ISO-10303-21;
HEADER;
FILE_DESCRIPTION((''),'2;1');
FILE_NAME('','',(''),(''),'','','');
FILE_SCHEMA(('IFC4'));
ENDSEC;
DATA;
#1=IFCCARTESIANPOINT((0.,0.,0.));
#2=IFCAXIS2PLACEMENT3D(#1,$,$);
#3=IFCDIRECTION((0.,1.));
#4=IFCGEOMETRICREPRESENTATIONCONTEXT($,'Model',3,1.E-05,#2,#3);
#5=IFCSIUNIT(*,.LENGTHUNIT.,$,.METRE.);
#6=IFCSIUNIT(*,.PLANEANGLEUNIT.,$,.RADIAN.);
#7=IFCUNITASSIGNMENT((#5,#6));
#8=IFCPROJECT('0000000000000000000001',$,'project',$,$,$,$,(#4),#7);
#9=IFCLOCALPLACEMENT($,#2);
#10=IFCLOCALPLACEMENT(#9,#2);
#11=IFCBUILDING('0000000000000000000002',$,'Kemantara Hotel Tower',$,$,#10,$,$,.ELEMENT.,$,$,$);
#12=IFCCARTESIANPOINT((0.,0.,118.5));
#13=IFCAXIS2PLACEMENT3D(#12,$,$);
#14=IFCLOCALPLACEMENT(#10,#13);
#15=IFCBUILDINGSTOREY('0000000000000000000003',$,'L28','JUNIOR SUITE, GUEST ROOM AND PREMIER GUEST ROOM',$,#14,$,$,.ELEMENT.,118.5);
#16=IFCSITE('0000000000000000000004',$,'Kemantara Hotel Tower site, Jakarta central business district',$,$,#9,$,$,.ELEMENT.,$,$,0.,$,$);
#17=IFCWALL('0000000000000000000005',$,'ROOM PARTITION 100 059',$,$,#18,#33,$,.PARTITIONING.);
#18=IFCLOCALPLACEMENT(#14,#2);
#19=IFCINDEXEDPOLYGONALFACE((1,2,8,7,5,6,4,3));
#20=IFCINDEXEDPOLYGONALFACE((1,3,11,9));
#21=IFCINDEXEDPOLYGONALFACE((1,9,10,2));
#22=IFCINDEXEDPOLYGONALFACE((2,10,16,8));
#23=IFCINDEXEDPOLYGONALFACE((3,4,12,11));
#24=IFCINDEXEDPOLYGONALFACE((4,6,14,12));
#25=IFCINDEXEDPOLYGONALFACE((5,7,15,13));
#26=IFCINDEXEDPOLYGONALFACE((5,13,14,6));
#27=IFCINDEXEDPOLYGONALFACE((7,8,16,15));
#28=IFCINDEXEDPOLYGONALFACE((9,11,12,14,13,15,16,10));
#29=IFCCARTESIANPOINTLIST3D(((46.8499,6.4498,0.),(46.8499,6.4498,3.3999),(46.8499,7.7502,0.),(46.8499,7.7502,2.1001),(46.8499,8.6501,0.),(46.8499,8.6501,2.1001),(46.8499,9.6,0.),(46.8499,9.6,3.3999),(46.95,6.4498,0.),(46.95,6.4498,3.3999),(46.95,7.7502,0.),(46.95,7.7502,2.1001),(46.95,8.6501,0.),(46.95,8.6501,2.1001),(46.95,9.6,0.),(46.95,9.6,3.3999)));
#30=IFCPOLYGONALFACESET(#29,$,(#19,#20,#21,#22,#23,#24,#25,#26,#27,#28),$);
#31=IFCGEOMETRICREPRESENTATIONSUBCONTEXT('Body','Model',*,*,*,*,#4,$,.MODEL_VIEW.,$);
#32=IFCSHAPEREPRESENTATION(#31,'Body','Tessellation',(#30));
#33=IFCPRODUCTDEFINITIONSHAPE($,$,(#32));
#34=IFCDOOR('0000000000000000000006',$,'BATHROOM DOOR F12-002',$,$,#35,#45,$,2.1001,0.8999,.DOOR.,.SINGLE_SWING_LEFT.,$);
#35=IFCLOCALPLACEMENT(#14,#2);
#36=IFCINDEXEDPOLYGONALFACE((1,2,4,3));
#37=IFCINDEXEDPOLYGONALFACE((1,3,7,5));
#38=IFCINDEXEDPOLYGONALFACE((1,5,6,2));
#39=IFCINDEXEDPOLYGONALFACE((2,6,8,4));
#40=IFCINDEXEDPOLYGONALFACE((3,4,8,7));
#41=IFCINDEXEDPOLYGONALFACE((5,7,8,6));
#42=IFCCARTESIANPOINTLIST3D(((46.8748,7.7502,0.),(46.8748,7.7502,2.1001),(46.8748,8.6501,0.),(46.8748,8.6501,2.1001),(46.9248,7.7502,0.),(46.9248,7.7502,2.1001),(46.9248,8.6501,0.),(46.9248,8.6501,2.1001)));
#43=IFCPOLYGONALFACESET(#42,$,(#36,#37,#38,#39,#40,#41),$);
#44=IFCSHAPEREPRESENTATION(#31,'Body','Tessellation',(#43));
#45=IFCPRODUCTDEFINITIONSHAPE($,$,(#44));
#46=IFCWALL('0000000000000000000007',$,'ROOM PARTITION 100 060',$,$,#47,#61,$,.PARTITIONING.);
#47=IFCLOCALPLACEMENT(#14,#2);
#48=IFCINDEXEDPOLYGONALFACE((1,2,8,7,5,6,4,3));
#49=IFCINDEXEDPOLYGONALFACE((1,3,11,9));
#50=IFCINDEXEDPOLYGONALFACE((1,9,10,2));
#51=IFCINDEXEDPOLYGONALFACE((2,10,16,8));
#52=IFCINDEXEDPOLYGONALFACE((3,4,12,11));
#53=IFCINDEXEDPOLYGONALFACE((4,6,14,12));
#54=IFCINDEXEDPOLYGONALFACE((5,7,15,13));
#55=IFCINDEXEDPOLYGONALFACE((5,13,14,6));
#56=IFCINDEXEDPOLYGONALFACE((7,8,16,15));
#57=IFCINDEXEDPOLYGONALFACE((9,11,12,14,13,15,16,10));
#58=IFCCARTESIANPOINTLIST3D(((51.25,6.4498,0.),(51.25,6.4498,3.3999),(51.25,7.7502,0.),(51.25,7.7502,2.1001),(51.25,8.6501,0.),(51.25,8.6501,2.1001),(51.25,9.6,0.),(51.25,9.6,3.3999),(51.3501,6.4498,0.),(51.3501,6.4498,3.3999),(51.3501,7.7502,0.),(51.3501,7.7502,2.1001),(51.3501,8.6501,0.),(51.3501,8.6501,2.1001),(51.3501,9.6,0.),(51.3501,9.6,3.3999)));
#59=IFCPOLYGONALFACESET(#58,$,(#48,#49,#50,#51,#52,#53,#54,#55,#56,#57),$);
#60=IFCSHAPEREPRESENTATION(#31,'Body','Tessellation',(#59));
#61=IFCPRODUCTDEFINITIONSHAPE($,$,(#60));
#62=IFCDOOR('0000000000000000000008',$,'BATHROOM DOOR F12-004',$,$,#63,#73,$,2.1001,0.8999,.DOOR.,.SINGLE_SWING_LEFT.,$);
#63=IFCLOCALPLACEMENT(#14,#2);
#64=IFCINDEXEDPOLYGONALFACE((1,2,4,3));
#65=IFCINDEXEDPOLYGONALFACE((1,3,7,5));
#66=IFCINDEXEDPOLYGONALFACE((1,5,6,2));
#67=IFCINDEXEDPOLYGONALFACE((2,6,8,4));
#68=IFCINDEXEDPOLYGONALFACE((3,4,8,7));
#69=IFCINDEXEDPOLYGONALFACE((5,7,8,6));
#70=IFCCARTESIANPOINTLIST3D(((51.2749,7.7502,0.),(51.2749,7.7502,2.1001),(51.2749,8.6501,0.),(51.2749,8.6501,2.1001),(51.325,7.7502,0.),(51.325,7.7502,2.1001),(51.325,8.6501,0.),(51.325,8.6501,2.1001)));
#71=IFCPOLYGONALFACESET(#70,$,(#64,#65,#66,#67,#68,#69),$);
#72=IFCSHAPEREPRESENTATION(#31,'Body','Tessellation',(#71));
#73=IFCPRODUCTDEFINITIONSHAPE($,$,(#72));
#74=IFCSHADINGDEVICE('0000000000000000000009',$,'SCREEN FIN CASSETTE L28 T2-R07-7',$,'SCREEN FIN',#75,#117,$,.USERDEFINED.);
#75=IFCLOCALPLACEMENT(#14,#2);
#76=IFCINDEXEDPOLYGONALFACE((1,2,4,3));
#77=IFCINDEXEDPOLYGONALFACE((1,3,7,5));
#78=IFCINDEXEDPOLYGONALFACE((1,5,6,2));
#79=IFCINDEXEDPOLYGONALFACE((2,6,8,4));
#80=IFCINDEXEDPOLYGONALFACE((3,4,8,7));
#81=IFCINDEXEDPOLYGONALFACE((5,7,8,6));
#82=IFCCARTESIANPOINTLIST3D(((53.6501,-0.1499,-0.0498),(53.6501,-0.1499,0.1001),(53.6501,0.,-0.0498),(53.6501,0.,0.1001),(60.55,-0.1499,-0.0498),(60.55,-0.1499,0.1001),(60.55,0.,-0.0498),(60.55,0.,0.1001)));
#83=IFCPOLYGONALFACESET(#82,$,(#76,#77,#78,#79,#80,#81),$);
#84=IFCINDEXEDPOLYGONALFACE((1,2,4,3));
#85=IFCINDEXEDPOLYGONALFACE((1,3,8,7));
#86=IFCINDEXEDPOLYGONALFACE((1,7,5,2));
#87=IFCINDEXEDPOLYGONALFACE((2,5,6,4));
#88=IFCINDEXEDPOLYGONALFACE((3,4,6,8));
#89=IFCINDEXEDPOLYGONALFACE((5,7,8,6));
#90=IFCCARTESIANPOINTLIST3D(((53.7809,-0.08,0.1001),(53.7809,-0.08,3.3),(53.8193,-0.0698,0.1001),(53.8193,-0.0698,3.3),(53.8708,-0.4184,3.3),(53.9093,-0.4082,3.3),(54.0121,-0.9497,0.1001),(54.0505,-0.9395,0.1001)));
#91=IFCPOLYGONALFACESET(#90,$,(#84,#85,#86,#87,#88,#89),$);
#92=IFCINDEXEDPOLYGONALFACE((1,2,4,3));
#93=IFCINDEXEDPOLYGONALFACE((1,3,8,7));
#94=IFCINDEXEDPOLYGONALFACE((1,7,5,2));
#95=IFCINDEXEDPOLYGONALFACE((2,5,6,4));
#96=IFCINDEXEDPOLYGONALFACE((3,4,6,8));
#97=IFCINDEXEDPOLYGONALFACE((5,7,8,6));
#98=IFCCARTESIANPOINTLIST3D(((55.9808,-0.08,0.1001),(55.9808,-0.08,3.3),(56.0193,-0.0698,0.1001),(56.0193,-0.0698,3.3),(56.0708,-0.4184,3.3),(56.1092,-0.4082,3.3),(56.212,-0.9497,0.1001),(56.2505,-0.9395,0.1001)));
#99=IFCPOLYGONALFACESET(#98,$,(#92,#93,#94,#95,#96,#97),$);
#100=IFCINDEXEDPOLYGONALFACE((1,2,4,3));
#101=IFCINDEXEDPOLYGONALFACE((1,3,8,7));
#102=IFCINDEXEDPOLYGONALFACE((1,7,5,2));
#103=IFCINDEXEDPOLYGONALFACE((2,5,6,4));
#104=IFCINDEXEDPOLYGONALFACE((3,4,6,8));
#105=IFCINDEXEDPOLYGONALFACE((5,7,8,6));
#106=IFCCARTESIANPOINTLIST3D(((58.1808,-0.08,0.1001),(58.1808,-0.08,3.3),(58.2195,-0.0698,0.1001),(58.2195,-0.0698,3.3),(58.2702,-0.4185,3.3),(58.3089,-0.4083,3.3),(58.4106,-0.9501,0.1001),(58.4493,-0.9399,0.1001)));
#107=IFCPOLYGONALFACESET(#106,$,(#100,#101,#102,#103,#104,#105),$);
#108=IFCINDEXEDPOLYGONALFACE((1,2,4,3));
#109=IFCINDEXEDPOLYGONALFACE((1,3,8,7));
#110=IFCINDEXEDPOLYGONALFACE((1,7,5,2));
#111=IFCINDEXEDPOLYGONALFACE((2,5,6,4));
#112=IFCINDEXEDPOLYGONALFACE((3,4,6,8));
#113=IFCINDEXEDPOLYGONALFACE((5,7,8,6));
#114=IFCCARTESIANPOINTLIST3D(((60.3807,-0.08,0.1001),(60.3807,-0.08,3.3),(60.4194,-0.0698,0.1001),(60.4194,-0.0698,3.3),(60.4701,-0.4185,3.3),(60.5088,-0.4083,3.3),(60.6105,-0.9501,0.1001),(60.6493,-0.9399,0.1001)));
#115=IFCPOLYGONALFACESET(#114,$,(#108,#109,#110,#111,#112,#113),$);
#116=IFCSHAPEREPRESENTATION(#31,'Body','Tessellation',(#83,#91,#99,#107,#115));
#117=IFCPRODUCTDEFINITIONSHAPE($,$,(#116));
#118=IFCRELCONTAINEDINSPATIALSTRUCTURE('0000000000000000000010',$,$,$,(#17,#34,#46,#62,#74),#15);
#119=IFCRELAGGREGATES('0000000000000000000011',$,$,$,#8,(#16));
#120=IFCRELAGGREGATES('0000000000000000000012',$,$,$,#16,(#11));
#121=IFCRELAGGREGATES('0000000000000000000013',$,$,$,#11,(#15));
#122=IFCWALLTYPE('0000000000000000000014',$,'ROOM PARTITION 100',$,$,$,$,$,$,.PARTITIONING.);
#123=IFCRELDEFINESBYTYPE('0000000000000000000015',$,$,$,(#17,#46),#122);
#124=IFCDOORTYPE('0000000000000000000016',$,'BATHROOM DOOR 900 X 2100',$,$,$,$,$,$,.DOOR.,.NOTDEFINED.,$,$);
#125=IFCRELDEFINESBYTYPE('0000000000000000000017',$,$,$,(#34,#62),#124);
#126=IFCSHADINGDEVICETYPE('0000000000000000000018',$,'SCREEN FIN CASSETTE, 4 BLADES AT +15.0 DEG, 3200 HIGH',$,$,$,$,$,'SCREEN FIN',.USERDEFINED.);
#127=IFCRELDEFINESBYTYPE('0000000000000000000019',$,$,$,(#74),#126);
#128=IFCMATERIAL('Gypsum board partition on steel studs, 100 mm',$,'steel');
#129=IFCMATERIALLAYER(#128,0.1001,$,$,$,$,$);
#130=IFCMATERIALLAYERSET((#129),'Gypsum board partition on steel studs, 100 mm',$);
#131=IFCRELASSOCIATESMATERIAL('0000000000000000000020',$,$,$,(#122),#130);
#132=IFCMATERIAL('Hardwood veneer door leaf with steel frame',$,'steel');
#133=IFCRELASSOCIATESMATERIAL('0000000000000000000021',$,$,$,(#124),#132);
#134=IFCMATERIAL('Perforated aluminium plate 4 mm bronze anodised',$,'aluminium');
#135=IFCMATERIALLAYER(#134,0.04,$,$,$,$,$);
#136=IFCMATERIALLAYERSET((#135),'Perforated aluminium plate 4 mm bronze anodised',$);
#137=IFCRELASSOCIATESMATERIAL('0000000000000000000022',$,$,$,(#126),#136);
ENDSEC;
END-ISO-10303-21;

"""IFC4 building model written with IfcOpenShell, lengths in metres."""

from ifc_helpers import new_model, si_unit, direction, frame, frame_2d, origin, origin_2d, place, context, subcontext, project, spatial, polyline, rectangle, outline, extrude, source, transform, mapped, material, layer, layer_set, type_object, element, fill, save


model = new_model("IFC4")

# Units and contexts
model_context = context("Model", 3, precision=1e-05, world=origin(), true_north=direction((0.0, 1.0)))
body_context = subcontext(model_context, "Body", "Model", "MODEL_VIEW")
ifc_project = project(units=[si_unit("LENGTHUNIT", "METRE"), si_unit("PLANEANGLEUNIT", "RADIAN")], contexts=[model_context])

# Site, building, storey
site_placement = place(None, origin())
site = spatial("IfcSite", under=ifc_project, at=site_placement, Name="Kemantara Hotel Tower site, Jakarta central business district", CompositionType="ELEMENT", RefElevation=0.0)
building_placement = place(site_placement, origin())
building = spatial("IfcBuilding", under=site, at=building_placement, Name="Kemantara Hotel Tower", CompositionType="ELEMENT")
storey_placement = place(building_placement, frame((0.0, 0.0, 118.5)))
storey = spatial("IfcBuildingStorey", under=building, at=storey_placement, Name="L28", Description="JUNIOR SUITE, GUEST ROOM AND PREMIER GUEST ROOM", CompositionType="ELEMENT", Elevation=118.5)

# Shared definitions
ifc_material_1 = material(Name="Hardwood veneer door leaf with steel frame", Category="steel")

# Shared definitions
ifc_material_2 = material(Name="Gypsum board partition on steel studs, 100 mm", Category="steel")
ifc_layer_1 = layer(ifc_material_2, 0.1001)
ifc_layer_set_1 = layer_set([ifc_layer_1], Name="Gypsum board partition on steel studs, 100 mm")
wall_type_1 = type_object("IfcWallType", Name="ROOM PARTITION 100", PredefinedType="PARTITIONING", material=ifc_layer_set_1)

# Walls, openings, doors
wall_1_placement = place(storey_placement, frame((46.8999, 9.6001, 0.0), z_axis=(0.0, 0.0, 1.0), x_axis=(0.0, -1.0, 0.0)))
wall_1 = element("IfcWall", 1, at=wall_1_placement, inside=storey, type_object=wall_type_1, Name="ROOM PARTITION 100 059", PredefinedType="PARTITIONING", context=body_context, shape_type="SweptSolid", body=[
    extrude(rectangle(XDim=3.1501, YDim=0.1001, at=frame_2d((1.5752, 0.0))), origin(), (0.0, 0.0, 1.0), 3.3999),
])
opening_1_placement = place(wall_1_placement, frame((0.95, 0.0, 0.0)))
opening_1 = element("IfcOpeningElement", 2, at=opening_1_placement, cuts=wall_1, PredefinedType="OPENING", context=body_context, shape_type="SweptSolid", body=[
    extrude(rectangle(XDim=0.8999, YDim=2.1001, at=frame_2d((0.45, 1.05))), frame((0.0, 0.0601, 0.0), z_axis=(0.0, -1.0, 0.0), x_axis=(1.0, 0.0, 0.0)), (0.0, 0.0, 1.0), 0.1201),
])
door_type_1 = type_object("IfcDoorType", Name="BATHROOM DOOR 900 X 2100", OperationType="NOTDEFINED", PredefinedType="DOOR", material=ifc_material_1)
door_1_placement = place(opening_1_placement, origin())
door_1 = element("IfcDoor", 3, at=door_1_placement, inside=storey, type_object=door_type_1, Name="BATHROOM DOOR F12-002", OperationType="SINGLE_SWING_LEFT", OverallHeight=2.1001, OverallWidth=0.8999, PredefinedType="DOOR", context=body_context, shape_type="SweptSolid", body=[
    extrude(rectangle(XDim=0.8999, YDim=2.1001, at=frame_2d((0.45, 1.05))), frame((0.0, 0.0249, 0.0), z_axis=(0.0, -1.0, 0.0), x_axis=(1.0, 0.0, 0.0)), (0.0, 0.0, 1.0), 0.05),
])
fill(opening_1, door_1)
wall_2_placement = place(storey_placement, frame((51.3, 9.6001, 0.0), z_axis=(0.0, 0.0, 1.0), x_axis=(0.0, -1.0, 0.0)))
wall_2 = element("IfcWall", 4, at=wall_2_placement, inside=storey, type_object=wall_type_1, Name="ROOM PARTITION 100 060", PredefinedType="PARTITIONING", context=body_context, shape_type="SweptSolid", body=[
    extrude(rectangle(XDim=3.1501, YDim=0.1001, at=frame_2d((1.5752, 0.0))), origin(), (0.0, 0.0, 1.0), 3.3999),
])
opening_2_placement = place(wall_2_placement, frame((0.95, 0.0, 0.0)))
opening_2 = element("IfcOpeningElement", 5, at=opening_2_placement, cuts=wall_2, PredefinedType="OPENING", context=body_context, shape_type="SweptSolid", body=[
    extrude(rectangle(XDim=0.8999, YDim=2.1001, at=frame_2d((0.45, 1.05))), frame((0.0, 0.0601, 0.0), z_axis=(0.0, -1.0, 0.0), x_axis=(1.0, 0.0, 0.0)), (0.0, 0.0, 1.0), 0.1201),
])
door_2_placement = place(opening_2_placement, origin())
door_2 = element("IfcDoor", 6, at=door_2_placement, inside=storey, type_object=door_type_1, Name="BATHROOM DOOR F12-004", OperationType="SINGLE_SWING_LEFT", OverallHeight=2.1001, OverallWidth=0.8999, PredefinedType="DOOR", context=body_context, shape_type="SweptSolid", body=[
    extrude(rectangle(XDim=0.8999, YDim=2.1001, at=frame_2d((0.45, 1.05))), frame((0.0, 0.0249, 0.0), z_axis=(0.0, -1.0, 0.0), x_axis=(1.0, 0.0, 0.0)), (0.0, 0.0, 1.0), 0.05),
])
fill(opening_2, door_2)

# Shading device
ifc_material_3 = material(Name="Perforated aluminium plate 4 mm bronze anodised", Category="aluminium")
ifc_layer_2 = layer(ifc_material_3, 0.04)
ifc_layer_set_2 = layer_set([ifc_layer_2], Name="Perforated aluminium plate 4 mm bronze anodised")
shading_device_type = type_object("IfcShadingDeviceType", Name="SCREEN FIN CASSETTE, 4 BLADES AT +15.0 DEG, 3200 HIGH", ElementType="SCREEN FIN", PredefinedType="USERDEFINED", material=ifc_layer_set_2)
shared_shape = source(origin(), body_context, "Body", "SweptSolid", [
    extrude(rectangle(XDim=6.8999, YDim=0.1499, at=origin_2d()), frame((3.3, -0.075, -0.1499), z_axis=(0.0, 0.0, 1.0), x_axis=(1.0, 0.0, 0.0)), (0.0, 0.0, 1.0), 0.1499),
    extrude(outline(polyline([(0.0, 0.0), (0.8999, 0.0), (0.3501, 3.2), (0.0, 3.2), (0.0, 0.0)])), frame((0.0193, -0.0698, 0.0), z_axis=(-0.966438, -0.256901, 0.0), x_axis=(0.256901, -0.966438, 0.0)), (0.0, 0.0, 1.0), 0.0398),
    extrude(outline(polyline([(0.0, 0.0), (0.8999, 0.0), (0.3501, 3.2), (0.0, 3.2), (0.0, 0.0)])), frame((2.2192, -0.0698, 0.0), z_axis=(-0.966438, -0.256901, 0.0), x_axis=(0.256901, -0.966438, 0.0)), (0.0, 0.0, 1.0), 0.0398),
    extrude(outline(polyline([(0.0, 0.0), (0.8999, 0.0), (0.3501, 3.2), (0.0, 3.2), (0.0, 0.0)])), frame((4.4194, -0.0698, 0.0), z_axis=(-0.966838, -0.255391, 0.0), x_axis=(0.255391, -0.966838, 0.0)), (0.0, 0.0, 1.0), 0.04),
    extrude(outline(polyline([(0.0, 0.0), (0.8999, 0.0), (0.3501, 3.2), (0.0, 3.2), (0.0, 0.0)])), frame((6.6194, -0.0698, 0.0), z_axis=(-0.966838, -0.255391, 0.0), x_axis=(0.255391, -0.966838, 0.0)), (0.0, 0.0, 1.0), 0.04),
])
shading_device_placement = place(storey_placement, frame((53.8, 0.0, 0.1001), z_axis=(0.0, 0.0, 1.0), x_axis=(1.0, 0.0, 0.0)))
element("IfcShadingDevice", 7, at=shading_device_placement, inside=storey, type_object=shading_device_type, Name="SCREEN FIN CASSETTE L28 T2-R07-7", ObjectType="SCREEN FIN", PredefinedType="USERDEFINED", context=body_context, shape_type="MappedRepresentation", body=[
    mapped(shared_shape, transform((0.0, 0.0, 0.0))),
])

save(model, "model.ifc")
